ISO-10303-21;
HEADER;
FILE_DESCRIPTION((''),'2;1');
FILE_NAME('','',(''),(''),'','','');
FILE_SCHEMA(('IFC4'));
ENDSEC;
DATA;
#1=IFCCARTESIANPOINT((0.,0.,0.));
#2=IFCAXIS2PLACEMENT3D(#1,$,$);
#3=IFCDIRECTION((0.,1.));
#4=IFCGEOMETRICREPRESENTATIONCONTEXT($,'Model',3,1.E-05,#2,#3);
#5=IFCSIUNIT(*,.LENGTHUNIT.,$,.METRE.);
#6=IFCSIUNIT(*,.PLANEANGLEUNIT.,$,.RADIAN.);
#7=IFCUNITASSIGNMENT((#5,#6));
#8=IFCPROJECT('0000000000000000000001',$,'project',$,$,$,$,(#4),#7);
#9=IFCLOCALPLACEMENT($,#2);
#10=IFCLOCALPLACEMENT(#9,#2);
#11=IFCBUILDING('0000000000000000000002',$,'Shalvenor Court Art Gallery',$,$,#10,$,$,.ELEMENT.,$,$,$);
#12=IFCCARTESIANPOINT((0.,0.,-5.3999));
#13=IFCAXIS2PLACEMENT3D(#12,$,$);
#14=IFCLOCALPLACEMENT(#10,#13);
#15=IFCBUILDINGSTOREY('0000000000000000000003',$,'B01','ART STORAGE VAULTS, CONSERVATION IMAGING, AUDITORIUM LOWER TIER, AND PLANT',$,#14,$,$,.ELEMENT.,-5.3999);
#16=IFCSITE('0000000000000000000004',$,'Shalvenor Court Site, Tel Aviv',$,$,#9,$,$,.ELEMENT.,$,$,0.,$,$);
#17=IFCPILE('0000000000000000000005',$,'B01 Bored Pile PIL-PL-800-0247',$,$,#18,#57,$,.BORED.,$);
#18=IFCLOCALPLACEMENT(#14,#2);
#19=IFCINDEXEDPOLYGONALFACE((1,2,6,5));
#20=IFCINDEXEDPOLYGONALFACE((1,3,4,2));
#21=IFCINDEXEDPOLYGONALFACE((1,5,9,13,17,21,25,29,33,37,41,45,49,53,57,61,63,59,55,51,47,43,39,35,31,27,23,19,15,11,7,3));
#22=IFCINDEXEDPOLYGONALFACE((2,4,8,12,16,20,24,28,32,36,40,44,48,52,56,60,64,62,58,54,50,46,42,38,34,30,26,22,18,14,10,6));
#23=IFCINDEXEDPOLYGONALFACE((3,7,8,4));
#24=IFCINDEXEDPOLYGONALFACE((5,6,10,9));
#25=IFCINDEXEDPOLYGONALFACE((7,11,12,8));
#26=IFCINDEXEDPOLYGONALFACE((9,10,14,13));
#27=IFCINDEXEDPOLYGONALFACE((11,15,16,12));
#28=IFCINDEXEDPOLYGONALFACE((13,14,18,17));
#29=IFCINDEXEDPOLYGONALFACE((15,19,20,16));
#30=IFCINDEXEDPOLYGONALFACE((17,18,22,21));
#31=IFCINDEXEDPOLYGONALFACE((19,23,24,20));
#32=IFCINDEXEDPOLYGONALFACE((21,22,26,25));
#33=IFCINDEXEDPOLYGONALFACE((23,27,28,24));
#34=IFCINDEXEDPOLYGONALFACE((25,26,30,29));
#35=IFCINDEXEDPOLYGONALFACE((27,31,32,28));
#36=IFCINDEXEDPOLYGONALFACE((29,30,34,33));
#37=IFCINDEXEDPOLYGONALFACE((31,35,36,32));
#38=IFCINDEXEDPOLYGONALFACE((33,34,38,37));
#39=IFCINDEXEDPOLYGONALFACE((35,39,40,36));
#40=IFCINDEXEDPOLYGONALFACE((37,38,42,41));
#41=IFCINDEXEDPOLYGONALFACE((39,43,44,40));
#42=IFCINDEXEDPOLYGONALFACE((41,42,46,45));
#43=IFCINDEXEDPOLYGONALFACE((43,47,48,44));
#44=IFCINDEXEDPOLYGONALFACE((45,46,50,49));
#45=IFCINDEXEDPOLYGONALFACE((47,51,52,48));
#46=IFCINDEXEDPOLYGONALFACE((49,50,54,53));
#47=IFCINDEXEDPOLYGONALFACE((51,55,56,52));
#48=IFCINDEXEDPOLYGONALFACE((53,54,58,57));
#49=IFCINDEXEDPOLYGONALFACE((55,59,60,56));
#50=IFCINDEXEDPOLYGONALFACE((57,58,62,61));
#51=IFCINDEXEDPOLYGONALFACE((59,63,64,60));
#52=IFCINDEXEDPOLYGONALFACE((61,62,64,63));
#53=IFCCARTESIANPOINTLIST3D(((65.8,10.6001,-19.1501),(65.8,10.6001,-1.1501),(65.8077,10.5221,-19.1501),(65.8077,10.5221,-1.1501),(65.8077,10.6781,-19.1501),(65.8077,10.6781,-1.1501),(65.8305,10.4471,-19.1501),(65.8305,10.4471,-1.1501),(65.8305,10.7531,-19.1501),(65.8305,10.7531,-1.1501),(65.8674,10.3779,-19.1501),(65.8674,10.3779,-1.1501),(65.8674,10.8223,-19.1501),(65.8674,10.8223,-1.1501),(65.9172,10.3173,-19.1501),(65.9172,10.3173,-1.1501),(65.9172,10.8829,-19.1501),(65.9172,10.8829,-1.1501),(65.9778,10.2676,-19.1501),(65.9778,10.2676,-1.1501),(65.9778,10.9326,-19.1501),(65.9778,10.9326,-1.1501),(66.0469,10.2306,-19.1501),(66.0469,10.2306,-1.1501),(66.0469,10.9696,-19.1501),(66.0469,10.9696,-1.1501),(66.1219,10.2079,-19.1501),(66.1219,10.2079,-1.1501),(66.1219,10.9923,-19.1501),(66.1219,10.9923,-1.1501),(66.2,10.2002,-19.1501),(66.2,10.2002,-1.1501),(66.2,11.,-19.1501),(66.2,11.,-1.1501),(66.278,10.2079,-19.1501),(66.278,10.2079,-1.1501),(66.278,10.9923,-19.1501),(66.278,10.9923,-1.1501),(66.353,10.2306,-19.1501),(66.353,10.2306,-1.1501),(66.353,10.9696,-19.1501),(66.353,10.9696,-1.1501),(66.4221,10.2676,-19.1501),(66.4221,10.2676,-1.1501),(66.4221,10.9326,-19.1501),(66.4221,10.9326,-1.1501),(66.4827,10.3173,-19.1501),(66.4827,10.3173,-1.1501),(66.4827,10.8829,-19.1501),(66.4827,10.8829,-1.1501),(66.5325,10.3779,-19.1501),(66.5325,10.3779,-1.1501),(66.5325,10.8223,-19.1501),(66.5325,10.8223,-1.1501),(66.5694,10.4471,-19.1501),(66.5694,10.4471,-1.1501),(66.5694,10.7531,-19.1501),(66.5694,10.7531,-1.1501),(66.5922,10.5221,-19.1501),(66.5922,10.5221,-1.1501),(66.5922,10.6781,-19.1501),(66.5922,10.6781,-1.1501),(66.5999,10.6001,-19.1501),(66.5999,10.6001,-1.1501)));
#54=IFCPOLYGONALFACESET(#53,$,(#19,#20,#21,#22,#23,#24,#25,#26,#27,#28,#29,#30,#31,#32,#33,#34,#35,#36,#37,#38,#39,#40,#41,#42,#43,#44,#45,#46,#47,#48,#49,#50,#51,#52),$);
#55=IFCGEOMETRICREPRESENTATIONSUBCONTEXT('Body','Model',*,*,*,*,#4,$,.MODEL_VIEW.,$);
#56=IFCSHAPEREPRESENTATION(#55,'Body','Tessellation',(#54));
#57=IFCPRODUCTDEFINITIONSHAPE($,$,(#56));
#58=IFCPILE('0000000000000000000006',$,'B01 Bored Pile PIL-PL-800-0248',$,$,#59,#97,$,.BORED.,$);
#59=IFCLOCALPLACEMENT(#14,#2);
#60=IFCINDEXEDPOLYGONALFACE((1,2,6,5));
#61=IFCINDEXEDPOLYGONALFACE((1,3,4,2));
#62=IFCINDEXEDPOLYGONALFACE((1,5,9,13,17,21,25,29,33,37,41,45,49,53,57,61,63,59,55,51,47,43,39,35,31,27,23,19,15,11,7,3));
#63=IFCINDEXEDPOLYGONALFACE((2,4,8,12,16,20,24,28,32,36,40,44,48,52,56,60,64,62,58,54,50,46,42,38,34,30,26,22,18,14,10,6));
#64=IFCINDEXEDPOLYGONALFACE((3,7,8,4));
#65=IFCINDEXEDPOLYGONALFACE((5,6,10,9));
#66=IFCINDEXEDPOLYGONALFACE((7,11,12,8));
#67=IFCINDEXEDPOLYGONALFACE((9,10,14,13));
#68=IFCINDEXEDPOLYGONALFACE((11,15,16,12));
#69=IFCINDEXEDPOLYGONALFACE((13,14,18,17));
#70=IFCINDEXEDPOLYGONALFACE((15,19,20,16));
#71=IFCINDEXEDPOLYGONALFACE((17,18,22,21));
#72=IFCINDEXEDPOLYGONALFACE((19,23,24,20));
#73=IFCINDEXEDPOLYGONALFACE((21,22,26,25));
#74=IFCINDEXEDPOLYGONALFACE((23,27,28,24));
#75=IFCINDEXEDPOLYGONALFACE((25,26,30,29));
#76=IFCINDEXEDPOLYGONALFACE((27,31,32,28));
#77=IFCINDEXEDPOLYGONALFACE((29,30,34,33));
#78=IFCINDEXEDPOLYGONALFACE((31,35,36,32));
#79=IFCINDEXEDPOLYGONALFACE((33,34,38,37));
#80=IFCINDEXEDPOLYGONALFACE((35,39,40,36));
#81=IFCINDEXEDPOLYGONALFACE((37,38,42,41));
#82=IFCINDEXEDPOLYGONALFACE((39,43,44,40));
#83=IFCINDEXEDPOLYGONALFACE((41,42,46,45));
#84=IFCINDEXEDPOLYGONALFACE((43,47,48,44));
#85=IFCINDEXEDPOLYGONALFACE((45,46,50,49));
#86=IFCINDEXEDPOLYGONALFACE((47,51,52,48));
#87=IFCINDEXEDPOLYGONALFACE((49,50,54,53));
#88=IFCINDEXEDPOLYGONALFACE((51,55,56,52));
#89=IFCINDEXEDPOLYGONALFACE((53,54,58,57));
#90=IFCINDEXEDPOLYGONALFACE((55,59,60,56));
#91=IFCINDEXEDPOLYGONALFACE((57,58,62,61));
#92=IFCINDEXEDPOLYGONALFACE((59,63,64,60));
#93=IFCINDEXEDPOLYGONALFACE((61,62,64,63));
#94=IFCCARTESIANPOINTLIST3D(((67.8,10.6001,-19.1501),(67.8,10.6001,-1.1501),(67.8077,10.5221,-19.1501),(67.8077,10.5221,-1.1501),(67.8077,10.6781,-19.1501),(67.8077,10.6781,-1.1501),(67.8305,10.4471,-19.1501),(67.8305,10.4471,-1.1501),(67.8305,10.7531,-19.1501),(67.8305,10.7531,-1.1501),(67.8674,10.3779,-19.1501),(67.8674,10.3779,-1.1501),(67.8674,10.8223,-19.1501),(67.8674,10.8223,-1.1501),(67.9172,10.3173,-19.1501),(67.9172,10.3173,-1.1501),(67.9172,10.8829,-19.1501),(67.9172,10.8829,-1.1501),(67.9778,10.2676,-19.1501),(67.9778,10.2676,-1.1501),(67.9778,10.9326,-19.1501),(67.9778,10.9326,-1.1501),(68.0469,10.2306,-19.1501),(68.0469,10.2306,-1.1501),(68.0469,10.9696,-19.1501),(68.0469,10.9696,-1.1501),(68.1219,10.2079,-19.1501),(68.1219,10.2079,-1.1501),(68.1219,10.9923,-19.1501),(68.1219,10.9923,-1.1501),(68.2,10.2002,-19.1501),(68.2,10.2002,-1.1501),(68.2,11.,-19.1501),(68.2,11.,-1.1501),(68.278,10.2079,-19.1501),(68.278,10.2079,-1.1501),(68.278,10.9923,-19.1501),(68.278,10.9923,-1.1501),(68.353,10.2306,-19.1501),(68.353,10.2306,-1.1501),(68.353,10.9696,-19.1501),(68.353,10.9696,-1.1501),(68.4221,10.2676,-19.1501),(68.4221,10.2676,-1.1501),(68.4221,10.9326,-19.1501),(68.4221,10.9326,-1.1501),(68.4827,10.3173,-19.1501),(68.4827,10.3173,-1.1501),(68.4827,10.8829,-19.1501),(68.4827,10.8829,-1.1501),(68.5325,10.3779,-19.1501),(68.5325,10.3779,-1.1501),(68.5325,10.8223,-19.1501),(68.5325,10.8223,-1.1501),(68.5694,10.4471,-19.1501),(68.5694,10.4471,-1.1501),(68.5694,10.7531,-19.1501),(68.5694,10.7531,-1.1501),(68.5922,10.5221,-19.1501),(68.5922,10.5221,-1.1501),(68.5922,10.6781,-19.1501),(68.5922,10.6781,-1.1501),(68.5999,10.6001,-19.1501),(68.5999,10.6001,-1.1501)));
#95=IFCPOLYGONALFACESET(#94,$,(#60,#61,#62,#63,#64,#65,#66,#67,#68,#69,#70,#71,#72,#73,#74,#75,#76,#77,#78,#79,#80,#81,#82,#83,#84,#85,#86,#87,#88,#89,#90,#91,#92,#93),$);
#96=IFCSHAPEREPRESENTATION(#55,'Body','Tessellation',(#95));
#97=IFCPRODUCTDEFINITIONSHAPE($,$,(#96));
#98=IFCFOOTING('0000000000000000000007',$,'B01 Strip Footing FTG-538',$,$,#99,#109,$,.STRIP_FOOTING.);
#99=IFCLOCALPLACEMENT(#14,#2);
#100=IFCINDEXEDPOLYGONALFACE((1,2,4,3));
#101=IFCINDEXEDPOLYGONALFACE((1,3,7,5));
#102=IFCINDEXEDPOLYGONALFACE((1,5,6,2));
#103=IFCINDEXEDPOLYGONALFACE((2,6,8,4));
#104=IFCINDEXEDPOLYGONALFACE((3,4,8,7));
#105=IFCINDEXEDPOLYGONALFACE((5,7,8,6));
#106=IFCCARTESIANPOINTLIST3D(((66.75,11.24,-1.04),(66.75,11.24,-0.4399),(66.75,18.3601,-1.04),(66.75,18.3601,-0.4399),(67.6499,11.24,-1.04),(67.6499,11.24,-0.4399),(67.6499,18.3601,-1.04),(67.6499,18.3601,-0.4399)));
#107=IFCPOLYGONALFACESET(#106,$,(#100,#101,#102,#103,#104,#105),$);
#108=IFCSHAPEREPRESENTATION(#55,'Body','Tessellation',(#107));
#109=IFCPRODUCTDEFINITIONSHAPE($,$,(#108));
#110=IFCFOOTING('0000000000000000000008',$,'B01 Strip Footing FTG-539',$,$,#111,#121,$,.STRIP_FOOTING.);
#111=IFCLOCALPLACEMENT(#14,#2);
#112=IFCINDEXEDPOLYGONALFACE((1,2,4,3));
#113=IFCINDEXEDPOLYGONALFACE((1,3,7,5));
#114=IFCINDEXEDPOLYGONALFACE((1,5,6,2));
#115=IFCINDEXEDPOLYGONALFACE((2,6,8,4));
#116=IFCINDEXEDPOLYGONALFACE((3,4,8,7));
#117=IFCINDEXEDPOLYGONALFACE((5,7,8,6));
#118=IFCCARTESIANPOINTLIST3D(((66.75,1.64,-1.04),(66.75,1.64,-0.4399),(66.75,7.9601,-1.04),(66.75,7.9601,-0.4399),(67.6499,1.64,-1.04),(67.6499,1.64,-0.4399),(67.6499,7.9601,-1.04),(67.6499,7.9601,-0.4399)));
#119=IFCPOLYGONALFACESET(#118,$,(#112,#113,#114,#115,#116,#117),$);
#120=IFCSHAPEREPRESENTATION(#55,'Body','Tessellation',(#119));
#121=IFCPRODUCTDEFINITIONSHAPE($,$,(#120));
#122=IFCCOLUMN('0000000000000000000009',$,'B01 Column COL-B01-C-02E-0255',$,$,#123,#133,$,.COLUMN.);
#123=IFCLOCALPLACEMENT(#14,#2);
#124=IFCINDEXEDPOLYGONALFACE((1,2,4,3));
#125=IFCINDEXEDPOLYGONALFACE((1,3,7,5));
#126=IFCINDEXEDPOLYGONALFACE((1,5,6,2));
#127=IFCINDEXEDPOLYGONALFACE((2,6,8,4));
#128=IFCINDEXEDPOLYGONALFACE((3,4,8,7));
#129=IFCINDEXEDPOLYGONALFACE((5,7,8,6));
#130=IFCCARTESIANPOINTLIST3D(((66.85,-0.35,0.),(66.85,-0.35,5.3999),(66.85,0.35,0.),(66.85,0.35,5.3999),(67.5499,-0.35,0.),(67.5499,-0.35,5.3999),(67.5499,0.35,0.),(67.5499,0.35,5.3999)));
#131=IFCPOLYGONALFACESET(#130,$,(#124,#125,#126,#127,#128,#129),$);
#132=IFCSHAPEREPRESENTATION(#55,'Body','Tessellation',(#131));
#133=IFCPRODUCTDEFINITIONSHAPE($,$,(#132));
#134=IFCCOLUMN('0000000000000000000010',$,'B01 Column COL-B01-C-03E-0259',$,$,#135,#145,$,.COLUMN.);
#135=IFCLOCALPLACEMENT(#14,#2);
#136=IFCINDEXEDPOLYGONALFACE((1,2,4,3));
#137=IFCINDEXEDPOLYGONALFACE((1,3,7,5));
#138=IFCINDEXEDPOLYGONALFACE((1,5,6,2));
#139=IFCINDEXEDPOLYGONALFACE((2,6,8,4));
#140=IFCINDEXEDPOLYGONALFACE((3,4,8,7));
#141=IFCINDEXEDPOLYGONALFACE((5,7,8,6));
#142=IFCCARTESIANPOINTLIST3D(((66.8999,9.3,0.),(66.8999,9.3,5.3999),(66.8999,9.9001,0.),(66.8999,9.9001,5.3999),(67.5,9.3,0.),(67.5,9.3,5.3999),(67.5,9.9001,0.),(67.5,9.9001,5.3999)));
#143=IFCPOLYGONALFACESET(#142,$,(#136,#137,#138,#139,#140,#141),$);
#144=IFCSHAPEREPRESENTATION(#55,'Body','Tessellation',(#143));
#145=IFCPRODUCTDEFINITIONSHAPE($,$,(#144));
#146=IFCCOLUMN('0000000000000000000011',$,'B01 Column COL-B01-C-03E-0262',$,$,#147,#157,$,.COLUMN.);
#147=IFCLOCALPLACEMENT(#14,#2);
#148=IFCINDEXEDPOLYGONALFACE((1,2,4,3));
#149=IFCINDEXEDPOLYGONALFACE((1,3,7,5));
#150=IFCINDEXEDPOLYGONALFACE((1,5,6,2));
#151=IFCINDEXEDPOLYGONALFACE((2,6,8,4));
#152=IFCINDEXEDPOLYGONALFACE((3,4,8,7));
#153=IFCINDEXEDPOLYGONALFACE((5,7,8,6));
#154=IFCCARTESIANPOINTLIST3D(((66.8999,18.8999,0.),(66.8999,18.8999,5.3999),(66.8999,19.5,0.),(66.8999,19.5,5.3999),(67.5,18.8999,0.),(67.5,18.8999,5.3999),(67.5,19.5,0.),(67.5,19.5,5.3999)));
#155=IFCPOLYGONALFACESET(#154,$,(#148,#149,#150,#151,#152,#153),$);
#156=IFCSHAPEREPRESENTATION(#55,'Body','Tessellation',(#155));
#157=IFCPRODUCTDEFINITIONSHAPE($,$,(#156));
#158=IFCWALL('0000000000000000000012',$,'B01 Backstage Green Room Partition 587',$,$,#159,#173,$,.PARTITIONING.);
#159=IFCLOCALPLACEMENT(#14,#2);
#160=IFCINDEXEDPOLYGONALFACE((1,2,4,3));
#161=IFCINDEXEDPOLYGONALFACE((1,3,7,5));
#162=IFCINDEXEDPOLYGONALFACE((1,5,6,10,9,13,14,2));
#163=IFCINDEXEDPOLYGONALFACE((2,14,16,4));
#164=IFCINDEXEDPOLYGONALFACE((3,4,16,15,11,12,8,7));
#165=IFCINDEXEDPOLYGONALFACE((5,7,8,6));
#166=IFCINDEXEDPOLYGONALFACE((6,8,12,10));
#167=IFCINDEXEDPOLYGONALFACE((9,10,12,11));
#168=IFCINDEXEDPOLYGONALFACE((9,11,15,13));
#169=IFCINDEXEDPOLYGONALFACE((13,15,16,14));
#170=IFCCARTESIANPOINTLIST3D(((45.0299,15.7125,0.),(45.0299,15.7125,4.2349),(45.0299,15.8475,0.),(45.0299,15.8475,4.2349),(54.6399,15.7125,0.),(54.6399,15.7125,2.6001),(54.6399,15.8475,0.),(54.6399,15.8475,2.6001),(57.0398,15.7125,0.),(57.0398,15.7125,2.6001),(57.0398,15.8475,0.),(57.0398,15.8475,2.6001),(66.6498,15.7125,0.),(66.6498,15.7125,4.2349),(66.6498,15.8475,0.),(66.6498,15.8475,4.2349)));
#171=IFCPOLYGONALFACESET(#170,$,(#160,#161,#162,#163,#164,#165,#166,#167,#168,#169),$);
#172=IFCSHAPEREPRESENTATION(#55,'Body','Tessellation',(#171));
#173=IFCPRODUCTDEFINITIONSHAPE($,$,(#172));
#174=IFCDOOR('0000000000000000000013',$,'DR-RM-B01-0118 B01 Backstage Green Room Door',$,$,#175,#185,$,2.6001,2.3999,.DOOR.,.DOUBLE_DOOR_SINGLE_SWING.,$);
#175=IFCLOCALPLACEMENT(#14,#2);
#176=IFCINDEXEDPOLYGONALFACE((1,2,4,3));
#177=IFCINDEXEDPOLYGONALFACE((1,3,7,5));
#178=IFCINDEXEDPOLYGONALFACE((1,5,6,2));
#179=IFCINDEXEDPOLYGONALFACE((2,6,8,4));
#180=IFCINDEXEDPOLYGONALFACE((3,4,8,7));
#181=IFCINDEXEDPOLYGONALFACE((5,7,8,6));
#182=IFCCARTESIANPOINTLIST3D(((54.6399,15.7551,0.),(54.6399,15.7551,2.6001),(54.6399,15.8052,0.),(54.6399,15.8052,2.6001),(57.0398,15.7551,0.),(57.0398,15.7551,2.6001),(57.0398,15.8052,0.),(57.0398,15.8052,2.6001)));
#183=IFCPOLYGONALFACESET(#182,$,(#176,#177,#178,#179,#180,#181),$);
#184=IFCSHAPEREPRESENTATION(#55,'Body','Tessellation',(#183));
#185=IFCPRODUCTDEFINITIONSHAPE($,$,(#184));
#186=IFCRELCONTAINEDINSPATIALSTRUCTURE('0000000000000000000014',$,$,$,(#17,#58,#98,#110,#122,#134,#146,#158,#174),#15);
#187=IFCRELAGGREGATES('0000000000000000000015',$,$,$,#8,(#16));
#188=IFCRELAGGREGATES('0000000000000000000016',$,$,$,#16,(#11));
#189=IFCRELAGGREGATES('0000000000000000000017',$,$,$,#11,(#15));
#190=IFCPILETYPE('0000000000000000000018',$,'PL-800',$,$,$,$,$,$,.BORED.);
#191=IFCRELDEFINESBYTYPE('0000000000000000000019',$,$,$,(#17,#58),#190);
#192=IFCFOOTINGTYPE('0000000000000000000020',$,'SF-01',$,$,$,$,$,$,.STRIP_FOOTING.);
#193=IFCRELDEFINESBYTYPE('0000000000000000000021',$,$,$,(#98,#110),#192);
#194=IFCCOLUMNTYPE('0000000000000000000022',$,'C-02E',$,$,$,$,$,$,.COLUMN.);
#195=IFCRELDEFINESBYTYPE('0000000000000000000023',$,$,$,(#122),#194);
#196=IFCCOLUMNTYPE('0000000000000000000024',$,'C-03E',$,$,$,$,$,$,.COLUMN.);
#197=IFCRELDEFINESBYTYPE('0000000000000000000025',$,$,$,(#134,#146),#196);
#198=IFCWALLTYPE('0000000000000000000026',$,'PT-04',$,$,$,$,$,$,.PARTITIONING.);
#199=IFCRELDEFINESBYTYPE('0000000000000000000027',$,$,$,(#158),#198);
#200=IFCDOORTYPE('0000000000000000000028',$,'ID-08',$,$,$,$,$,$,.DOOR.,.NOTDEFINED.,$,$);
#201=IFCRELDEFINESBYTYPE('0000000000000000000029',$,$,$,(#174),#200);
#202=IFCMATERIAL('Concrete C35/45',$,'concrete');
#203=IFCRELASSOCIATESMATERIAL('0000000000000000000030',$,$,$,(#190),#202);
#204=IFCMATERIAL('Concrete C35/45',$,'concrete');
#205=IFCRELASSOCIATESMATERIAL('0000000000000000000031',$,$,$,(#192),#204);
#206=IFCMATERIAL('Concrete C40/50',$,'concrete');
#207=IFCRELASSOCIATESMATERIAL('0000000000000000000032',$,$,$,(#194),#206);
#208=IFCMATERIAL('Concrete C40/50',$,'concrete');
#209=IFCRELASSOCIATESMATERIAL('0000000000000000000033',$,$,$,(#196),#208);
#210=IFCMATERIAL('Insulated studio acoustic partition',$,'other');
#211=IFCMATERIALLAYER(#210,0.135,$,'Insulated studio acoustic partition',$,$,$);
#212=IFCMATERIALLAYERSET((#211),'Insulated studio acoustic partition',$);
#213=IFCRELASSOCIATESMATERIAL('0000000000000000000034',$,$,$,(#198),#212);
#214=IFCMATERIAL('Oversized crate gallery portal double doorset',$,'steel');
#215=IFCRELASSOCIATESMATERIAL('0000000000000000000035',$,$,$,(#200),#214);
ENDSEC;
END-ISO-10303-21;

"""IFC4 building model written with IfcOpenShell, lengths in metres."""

from ifc_helpers import new_model, si_unit, direction, frame, frame_2d, origin, origin_2d, place, context, subcontext, project, spatial, rectangle, circle, extrude, material, layer, layer_set, material_profile, profile_set, type_object, element, fill, save


model = new_model("IFC4")

# Units and contexts
model_context = context("Model", 3, precision=1e-05, world=origin(), true_north=direction((0.0, 1.0)))
body_context = subcontext(model_context, "Body", "Model", "MODEL_VIEW")
ifc_project = project(units=[si_unit("LENGTHUNIT", "METRE"), si_unit("PLANEANGLEUNIT", "RADIAN")], contexts=[model_context])

# Site, building, storey
site_placement = place(None, origin())
site = spatial("IfcSite", under=ifc_project, at=site_placement, Name="Shalvenor Court Site, Tel Aviv", CompositionType="ELEMENT", RefElevation=0.0)
building_placement = place(site_placement, origin())
building = spatial("IfcBuilding", under=site, at=building_placement, Name="Shalvenor Court Art Gallery", CompositionType="ELEMENT")
storey_placement = place(building_placement, frame((0.0, 0.0, -5.3999)))
storey = spatial("IfcBuildingStorey", under=building, at=storey_placement, Name="B01", Description="ART STORAGE VAULTS, CONSERVATION IMAGING, AUDITORIUM LOWER TIER, AND PLANT", CompositionType="ELEMENT", Elevation=-5.3999)

# Piles
ifc_material_1 = material(Name="Concrete C35/45", Category="concrete")
ifc_material_profile_1 = material_profile(ifc_material_1, circle(Radius=0.3999, at=origin_2d()), Name="PILE 800")
ifc_profile_set_1 = profile_set([ifc_material_profile_1], Name="Concrete C35/45")
pile_type_1 = type_object("IfcPileType", Name="PL-800", PredefinedType="BORED", material=ifc_profile_set_1)
for number, where, z_axis, x_axis, name in (
    (1, (66.2, 10.6001, -1.1501), (0.0, 0.0, -1.0), (1.0, 0.0, 0.0), "B01 Bored Pile PIL-PL-800-0247"),
    (2, (68.2, 10.6001, -1.1501), (0.0, 0.0, -1.0), (1.0, 0.0, 0.0), "B01 Bored Pile PIL-PL-800-0248"),
):
    element("IfcPile", number, at=place(storey_placement, frame(where, z_axis=z_axis, x_axis=x_axis)), inside=storey, type_object=pile_type_1, Name=name, PredefinedType="BORED", context=body_context, shape_type="SweptSolid", body=[
        extrude(circle(Radius=0.3999, at=origin_2d()), origin(), (0.0, 0.0, 1.0), 18.0),
    ])

# Footings
ifc_material_2 = material(Name="Concrete C35/45", Category="concrete")
footing_type_1 = type_object("IfcFootingType", Name="SF-01", PredefinedType="STRIP_FOOTING", material=ifc_material_2)
footing_1_placement = place(storey_placement, frame((67.2, 14.8, -1.04), z_axis=(0.0, 0.0, 1.0), x_axis=(0.0, 1.0, 0.0)))
element("IfcFooting", 3, at=footing_1_placement, inside=storey, type_object=footing_type_1, Name="B01 Strip Footing FTG-538", PredefinedType="STRIP_FOOTING", context=body_context, shape_type="SweptSolid", body=[
    extrude(rectangle(XDim=7.1201, YDim=0.8999, at=origin_2d()), origin(), (0.0, 0.0, 1.0), 0.6001),
])
footing_2_placement = place(storey_placement, frame((67.2, 4.8, -1.04), z_axis=(0.0, 0.0, 1.0), x_axis=(0.0, 1.0, 0.0)))
element("IfcFooting", 4, at=footing_2_placement, inside=storey, type_object=footing_type_1, Name="B01 Strip Footing FTG-539", PredefinedType="STRIP_FOOTING", context=body_context, shape_type="SweptSolid", body=[
    extrude(rectangle(XDim=6.3201, YDim=0.8999, at=origin_2d()), origin(), (0.0, 0.0, 1.0), 0.6001),
])

# Columns
ifc_material_3 = material(Name="Concrete C40/50", Category="concrete")
ifc_material_profile_2 = material_profile(ifc_material_3, rectangle(XDim=0.7, YDim=0.7, at=origin_2d()), Name="RC 700x700")
ifc_profile_set_2 = profile_set([ifc_material_profile_2], Name="Concrete C40/50")
column_type_1 = type_object("IfcColumnType", Name="C-02E", PredefinedType="COLUMN", material=ifc_profile_set_2)
column_placement = place(storey_placement, frame((67.2, 0.0, 0.0), z_axis=(0.0, 0.0, 1.0), x_axis=(1.0, 0.0, 0.0)))
element("IfcColumn", 5, at=column_placement, inside=storey, type_object=column_type_1, Name="B01 Column COL-B01-C-02E-0255", PredefinedType="COLUMN", context=body_context, shape_type="SweptSolid", body=[
    extrude(rectangle(XDim=0.7, YDim=0.7, at=origin_2d()), origin(), (0.0, 0.0, 1.0), 5.3999),
])
ifc_material_4 = material(Name="Concrete C40/50", Category="concrete")
ifc_material_profile_3 = material_profile(ifc_material_4, rectangle(XDim=0.6001, YDim=0.6001, at=origin_2d()), Name="RC 600x600")
ifc_profile_set_3 = profile_set([ifc_material_profile_3], Name="Concrete C40/50")
column_type_2 = type_object("IfcColumnType", Name="C-03E", PredefinedType="COLUMN", material=ifc_profile_set_3)
for number, where, z_axis, x_axis, name in (
    (6, (67.2, 9.6001, 0.0), (0.0, 0.0, 1.0), (1.0, 0.0, 0.0), "B01 Column COL-B01-C-03E-0259"),
    (7, (67.2, 19.2, 0.0), (0.0, 0.0, 1.0), (1.0, 0.0, 0.0), "B01 Column COL-B01-C-03E-0262"),
):
    element("IfcColumn", number, at=place(storey_placement, frame(where, z_axis=z_axis, x_axis=x_axis)), inside=storey, type_object=column_type_2, Name=name, PredefinedType="COLUMN", context=body_context, shape_type="SweptSolid", body=[
        extrude(rectangle(XDim=0.6001, YDim=0.6001, at=origin_2d()), origin(), (0.0, 0.0, 1.0), 5.3999),
    ])

# Wall, opening, door
ifc_material_5 = material(Name="Insulated studio acoustic partition", Category="other")
ifc_layer_1 = layer(ifc_material_5, 0.135, Name="Insulated studio acoustic partition")
ifc_layer_set_1 = layer_set([ifc_layer_1], Name="Insulated studio acoustic partition")
wall_type_1 = type_object("IfcWallType", Name="PT-04", PredefinedType="PARTITIONING", material=ifc_layer_set_1)
wall_1_placement = place(storey_placement, frame((66.6499, 15.78, 0.0), z_axis=(0.0, 0.0, 1.0), x_axis=(-1.0, 0.0, 0.0)))
wall_1 = element("IfcWall", 8, at=wall_1_placement, inside=storey, type_object=wall_type_1, Name="B01 Backstage Green Room Partition 587", PredefinedType="PARTITIONING", context=body_context, shape_type="SweptSolid", body=[
    extrude(rectangle(XDim=21.6199, YDim=0.135, at=frame_2d((10.8101, 0.0))), origin(), (0.0, 0.0, 1.0), 4.2349),
])
opening_placement = place(wall_1_placement, frame((9.6101, 0.0, 0.0)))
opening = element("IfcOpeningElement", 9, at=opening_placement, cuts=wall_1, PredefinedType="OPENING", context=body_context, shape_type="SweptSolid", body=[
    extrude(rectangle(XDim=2.3999, YDim=2.6001, at=frame_2d((1.2, 1.3))), frame((0.0, 0.0774, 0.0), z_axis=(0.0, -1.0, 0.0), x_axis=(1.0, 0.0, 0.0)), (0.0, 0.0, 1.0), 0.155),
])
ifc_material_6 = material(Name="Oversized crate gallery portal double doorset", Category="steel")
door_type = type_object("IfcDoorType", Name="ID-08", OperationType="NOTDEFINED", PredefinedType="DOOR", material=ifc_material_6)
door_placement = place(opening_placement, origin())
door = element("IfcDoor", 10, at=door_placement, inside=storey, type_object=door_type, Name="DR-RM-B01-0118 B01 Backstage Green Room Door", OperationType="DOUBLE_DOOR_SINGLE_SWING", OverallHeight=2.6001, OverallWidth=2.3999, PredefinedType="DOOR", context=body_context, shape_type="SweptSolid", body=[
    extrude(rectangle(XDim=2.3999, YDim=2.6001, at=frame_2d((1.2, 1.3))), frame((0.0, 0.0249, 0.0), z_axis=(0.0, -1.0, 0.0), x_axis=(1.0, 0.0, 0.0)), (0.0, 0.0, 1.0), 0.05),
])
fill(opening, door)

save(model, "model.ifc")
